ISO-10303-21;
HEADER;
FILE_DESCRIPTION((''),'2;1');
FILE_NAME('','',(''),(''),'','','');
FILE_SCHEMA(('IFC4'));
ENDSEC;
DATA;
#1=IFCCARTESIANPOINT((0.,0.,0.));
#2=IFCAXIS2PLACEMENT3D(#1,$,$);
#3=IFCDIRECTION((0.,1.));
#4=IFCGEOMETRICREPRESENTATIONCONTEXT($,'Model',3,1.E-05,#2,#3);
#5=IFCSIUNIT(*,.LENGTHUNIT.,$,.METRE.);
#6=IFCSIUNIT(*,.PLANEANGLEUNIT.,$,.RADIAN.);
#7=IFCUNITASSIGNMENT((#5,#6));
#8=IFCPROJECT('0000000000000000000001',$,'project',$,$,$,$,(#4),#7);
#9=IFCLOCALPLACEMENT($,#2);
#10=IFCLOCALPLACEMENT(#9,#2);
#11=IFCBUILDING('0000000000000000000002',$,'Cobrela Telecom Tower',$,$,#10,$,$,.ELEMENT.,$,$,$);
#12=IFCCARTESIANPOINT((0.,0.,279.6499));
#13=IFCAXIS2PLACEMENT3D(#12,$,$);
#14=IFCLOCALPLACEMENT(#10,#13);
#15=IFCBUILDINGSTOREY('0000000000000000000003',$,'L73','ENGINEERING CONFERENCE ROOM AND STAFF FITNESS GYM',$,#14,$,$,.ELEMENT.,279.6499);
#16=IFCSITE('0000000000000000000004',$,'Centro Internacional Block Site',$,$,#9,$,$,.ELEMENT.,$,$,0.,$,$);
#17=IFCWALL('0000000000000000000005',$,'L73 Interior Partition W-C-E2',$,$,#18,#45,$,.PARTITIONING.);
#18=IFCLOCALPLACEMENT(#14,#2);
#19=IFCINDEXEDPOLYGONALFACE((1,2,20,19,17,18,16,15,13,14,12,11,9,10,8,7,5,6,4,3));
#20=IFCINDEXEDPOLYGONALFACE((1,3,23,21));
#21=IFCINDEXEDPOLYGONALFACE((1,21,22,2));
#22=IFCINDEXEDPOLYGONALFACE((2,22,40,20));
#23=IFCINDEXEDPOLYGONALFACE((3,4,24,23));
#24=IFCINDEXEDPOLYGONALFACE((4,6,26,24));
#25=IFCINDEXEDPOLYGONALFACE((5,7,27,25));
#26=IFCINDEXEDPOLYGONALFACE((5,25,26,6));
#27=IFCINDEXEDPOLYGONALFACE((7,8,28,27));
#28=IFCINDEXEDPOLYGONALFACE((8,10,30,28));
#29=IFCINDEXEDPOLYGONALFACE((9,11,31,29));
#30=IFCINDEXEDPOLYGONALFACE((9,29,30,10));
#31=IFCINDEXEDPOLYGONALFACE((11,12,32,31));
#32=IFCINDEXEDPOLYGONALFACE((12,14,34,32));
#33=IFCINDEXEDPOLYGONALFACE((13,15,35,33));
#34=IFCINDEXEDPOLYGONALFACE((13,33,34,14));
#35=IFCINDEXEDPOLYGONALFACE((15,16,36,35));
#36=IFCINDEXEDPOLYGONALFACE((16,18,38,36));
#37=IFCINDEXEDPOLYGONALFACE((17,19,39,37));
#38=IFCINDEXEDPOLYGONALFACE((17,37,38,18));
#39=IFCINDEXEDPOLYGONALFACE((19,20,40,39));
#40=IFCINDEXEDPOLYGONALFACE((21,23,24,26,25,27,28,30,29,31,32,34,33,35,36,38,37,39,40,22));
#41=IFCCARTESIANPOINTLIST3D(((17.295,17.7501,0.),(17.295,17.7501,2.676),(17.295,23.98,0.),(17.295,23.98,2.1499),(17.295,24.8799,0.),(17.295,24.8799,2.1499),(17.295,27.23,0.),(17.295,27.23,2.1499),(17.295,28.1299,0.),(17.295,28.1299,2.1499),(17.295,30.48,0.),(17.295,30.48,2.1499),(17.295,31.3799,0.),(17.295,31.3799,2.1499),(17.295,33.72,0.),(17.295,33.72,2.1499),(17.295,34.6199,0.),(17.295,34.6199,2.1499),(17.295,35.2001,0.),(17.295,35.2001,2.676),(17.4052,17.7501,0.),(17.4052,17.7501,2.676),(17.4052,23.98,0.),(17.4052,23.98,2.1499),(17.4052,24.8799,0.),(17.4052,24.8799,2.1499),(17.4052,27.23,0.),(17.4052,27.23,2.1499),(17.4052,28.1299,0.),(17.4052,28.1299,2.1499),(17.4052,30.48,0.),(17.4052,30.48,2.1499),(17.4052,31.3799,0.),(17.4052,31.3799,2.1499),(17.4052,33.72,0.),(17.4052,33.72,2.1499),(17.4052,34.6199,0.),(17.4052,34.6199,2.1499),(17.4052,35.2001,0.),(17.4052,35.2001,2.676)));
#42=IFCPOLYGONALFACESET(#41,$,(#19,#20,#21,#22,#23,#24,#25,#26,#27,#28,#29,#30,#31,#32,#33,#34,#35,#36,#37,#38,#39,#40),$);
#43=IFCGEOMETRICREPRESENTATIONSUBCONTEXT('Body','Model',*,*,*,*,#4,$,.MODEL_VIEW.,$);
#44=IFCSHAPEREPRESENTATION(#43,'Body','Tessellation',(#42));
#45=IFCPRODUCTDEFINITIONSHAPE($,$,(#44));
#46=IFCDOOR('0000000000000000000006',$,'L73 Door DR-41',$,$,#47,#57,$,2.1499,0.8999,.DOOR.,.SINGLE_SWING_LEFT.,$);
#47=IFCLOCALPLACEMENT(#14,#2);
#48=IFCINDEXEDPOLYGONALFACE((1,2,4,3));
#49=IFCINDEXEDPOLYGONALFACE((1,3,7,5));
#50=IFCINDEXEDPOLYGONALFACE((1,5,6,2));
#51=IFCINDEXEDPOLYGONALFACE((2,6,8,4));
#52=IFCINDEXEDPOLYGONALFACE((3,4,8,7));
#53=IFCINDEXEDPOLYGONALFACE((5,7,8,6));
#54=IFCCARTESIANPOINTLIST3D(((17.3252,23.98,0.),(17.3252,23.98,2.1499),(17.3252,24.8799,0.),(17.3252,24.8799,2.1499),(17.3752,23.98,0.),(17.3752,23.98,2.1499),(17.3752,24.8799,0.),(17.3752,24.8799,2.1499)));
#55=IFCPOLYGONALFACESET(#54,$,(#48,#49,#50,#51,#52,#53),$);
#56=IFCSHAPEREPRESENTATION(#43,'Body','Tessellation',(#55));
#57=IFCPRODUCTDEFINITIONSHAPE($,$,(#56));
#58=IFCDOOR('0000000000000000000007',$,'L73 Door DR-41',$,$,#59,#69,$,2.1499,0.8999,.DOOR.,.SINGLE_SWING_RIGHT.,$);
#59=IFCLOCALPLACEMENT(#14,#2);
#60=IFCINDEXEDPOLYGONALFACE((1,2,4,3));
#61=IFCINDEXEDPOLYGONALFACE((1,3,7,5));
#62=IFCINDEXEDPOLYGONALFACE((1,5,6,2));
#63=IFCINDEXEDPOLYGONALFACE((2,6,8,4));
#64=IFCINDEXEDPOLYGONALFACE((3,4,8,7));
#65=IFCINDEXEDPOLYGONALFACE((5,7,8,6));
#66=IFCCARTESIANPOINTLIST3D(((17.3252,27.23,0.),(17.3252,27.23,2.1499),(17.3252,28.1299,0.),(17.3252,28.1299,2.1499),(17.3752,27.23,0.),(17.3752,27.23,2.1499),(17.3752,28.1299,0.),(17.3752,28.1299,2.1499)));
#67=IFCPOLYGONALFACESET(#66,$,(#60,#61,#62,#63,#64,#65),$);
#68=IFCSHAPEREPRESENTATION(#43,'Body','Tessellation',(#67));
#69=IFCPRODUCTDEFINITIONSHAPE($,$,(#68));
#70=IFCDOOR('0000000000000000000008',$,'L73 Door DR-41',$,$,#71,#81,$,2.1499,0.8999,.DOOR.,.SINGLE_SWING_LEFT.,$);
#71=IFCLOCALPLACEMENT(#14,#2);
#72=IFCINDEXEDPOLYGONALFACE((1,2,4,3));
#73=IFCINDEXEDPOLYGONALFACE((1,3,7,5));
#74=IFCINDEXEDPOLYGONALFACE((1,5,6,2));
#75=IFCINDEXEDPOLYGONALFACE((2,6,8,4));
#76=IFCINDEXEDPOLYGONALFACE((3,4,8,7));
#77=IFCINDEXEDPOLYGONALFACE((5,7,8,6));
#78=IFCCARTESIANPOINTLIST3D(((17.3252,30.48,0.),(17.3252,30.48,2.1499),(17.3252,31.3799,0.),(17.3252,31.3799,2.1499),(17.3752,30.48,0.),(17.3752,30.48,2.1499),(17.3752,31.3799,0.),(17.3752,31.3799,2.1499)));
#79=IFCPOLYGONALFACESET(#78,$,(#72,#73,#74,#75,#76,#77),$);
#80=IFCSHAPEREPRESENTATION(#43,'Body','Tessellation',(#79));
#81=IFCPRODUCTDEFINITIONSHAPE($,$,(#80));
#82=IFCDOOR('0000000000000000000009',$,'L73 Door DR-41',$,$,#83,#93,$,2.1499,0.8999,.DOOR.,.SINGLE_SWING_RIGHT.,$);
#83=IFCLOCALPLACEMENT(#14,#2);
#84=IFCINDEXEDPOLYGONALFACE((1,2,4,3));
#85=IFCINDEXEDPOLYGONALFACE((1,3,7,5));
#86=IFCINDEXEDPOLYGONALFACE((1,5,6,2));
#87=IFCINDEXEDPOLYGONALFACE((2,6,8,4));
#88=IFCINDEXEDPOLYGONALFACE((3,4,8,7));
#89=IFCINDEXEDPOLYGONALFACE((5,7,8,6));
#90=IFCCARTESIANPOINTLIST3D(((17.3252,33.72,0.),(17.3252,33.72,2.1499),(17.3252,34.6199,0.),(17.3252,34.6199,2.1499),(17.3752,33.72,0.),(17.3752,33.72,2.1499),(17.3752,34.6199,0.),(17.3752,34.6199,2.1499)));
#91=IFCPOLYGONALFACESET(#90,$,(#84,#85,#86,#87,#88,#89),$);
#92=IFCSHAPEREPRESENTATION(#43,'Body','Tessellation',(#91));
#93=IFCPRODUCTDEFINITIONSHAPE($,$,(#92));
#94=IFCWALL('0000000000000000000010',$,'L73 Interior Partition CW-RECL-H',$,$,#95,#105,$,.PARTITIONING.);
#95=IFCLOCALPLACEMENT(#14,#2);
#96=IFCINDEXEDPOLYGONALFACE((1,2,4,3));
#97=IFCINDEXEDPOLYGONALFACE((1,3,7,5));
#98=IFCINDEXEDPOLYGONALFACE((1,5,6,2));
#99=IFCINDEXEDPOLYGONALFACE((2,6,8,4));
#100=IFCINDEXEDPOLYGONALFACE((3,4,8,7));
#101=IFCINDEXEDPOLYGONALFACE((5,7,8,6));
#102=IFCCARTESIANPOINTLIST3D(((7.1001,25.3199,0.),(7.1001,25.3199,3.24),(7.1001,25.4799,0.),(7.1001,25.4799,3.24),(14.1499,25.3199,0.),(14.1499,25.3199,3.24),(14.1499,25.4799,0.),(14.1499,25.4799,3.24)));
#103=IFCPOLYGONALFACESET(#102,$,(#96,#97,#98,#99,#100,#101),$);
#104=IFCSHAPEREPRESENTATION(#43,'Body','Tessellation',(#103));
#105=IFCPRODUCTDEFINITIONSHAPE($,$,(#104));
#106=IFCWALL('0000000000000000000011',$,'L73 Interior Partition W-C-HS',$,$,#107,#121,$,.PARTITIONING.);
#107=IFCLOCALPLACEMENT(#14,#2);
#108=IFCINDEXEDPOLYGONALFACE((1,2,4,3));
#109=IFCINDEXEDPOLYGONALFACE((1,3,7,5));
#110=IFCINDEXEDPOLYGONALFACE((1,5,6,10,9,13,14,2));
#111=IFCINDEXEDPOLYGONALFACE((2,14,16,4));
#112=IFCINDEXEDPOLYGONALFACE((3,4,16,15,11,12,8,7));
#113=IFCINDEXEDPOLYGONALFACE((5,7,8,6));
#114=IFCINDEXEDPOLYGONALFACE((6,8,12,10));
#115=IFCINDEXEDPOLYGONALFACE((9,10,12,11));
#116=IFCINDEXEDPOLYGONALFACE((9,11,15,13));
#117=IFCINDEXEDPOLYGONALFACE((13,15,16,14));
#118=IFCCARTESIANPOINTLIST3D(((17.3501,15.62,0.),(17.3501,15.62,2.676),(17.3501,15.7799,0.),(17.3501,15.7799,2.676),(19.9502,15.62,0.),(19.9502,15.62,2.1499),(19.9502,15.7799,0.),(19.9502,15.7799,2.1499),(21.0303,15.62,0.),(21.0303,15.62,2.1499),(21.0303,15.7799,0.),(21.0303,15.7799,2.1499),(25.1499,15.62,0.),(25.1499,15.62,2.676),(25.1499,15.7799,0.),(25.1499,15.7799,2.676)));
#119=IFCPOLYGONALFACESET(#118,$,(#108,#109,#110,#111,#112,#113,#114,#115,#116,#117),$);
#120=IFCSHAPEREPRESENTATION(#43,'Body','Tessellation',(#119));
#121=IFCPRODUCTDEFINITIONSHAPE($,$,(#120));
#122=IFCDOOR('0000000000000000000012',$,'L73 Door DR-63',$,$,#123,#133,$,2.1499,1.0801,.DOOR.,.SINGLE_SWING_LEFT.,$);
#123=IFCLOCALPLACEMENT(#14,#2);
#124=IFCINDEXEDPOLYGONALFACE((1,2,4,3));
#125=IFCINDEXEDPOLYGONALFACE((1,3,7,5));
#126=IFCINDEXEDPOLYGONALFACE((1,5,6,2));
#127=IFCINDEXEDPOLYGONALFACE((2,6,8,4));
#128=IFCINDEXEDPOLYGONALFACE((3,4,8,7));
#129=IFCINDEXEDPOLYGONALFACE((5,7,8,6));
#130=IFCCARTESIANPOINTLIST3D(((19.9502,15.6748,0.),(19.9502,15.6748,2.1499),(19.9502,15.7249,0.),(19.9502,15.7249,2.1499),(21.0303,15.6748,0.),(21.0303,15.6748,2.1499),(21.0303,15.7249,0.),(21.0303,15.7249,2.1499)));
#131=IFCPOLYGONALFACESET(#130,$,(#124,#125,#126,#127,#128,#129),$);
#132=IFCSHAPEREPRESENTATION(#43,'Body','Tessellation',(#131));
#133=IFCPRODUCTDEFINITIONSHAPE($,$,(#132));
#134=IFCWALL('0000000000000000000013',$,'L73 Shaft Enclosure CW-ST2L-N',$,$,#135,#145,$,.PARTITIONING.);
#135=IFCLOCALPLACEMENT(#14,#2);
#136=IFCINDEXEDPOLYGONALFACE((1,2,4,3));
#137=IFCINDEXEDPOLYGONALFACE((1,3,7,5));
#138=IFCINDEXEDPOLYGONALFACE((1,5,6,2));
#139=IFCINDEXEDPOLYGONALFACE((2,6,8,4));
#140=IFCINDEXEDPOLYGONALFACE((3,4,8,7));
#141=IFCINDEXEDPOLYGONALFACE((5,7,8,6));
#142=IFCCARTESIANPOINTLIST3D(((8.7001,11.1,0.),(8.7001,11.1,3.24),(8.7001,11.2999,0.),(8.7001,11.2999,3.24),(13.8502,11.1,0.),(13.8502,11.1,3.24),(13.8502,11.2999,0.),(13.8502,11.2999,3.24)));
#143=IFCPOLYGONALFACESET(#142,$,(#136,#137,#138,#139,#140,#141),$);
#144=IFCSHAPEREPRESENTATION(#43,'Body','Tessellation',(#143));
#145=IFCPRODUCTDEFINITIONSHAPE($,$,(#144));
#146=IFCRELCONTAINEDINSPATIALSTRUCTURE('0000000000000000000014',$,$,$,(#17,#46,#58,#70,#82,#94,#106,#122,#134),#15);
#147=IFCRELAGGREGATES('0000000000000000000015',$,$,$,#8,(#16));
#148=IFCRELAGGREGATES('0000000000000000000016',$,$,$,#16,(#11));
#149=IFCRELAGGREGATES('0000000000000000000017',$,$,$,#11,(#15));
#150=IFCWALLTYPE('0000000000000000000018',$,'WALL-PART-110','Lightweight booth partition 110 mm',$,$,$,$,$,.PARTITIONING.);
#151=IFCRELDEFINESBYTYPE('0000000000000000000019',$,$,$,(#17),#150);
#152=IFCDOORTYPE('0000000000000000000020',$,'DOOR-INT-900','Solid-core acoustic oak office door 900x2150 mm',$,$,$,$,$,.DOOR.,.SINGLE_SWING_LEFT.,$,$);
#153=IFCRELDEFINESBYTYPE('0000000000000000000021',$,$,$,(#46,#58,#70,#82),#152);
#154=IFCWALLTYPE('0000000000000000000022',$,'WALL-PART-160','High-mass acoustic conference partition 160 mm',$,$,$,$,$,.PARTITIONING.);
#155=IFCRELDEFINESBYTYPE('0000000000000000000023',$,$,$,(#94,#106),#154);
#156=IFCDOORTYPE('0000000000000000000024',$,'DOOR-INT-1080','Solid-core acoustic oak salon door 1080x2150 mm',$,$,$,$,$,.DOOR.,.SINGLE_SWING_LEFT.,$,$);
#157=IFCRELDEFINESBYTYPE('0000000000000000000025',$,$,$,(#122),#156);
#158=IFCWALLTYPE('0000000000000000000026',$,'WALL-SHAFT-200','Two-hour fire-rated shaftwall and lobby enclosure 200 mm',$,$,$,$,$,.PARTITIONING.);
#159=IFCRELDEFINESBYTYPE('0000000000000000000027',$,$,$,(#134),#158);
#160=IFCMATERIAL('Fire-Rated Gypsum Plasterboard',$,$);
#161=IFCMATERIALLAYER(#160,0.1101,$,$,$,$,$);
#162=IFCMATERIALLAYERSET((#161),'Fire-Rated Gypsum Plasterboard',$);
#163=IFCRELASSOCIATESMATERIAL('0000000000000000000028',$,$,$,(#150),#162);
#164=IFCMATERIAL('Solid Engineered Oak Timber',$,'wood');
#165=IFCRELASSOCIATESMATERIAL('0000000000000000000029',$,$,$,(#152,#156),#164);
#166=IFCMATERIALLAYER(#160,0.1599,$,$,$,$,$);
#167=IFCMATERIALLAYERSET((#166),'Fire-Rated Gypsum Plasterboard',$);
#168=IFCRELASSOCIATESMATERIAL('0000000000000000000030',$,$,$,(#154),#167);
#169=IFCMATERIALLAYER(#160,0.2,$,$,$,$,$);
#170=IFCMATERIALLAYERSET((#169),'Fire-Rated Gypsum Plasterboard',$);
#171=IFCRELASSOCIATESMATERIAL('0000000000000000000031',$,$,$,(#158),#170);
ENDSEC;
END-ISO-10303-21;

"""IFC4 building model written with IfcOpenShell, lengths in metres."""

from ifc_helpers import new_model, si_unit, direction, frame, frame_2d, origin, place, context, subcontext, project, spatial, rectangle, extrude, material, layer, layer_set, type_object, element, fill, save


model = new_model("IFC4")

# Units and contexts
model_context = context("Model", 3, precision=1e-05, world=origin(), true_north=direction((0.0, 1.0)))
body_context = subcontext(model_context, "Body", "Model", "MODEL_VIEW")
ifc_project = project(units=[si_unit("LENGTHUNIT", "METRE"), si_unit("PLANEANGLEUNIT", "RADIAN")], contexts=[model_context])

# Site, building, storey
site_placement = place(None, origin())
site = spatial("IfcSite", under=ifc_project, at=site_placement, Name="Centro Internacional Block Site", CompositionType="ELEMENT", RefElevation=0.0)
building_placement = place(site_placement, origin())
building = spatial("IfcBuilding", under=site, at=building_placement, Name="Cobrela Telecom Tower", CompositionType="ELEMENT")
storey_placement = place(building_placement, frame((0.0, 0.0, 279.6499)))
storey = spatial("IfcBuildingStorey", under=building, at=storey_placement, Name="L73", Description="ENGINEERING CONFERENCE ROOM AND STAFF FITNESS GYM", CompositionType="ELEMENT", Elevation=279.6499)

# Shared definitions
ifc_material_1 = material(Name="Fire-Rated Gypsum Plasterboard")
ifc_layer_1 = layer(ifc_material_1, 0.1101)
ifc_layer_set_1 = layer_set([ifc_layer_1], Name="Fire-Rated Gypsum Plasterboard")
wall_type_1 = type_object("IfcWallType", Name="WALL-PART-110", Description="Lightweight booth partition 110 mm", PredefinedType="PARTITIONING", material=ifc_layer_set_1)

# Wall, openings, doors
wall_1_placement = place(storey_placement, frame((17.3501, 17.75, 0.0), z_axis=(0.0, 0.0, 1.0), x_axis=(0.0, 1.0, 0.0)))
wall_1 = element("IfcWall", 1, at=wall_1_placement, inside=storey, type_object=wall_type_1, Name="L73 Interior Partition W-C-E2", PredefinedType="PARTITIONING", context=body_context, shape_type="SweptSolid", body=[
    extrude(rectangle(XDim=17.45, YDim=0.1101, at=frame_2d((8.7251, 0.0))), origin(), (0.0, 0.0, 1.0), 2.676),
])
opening_1_placement = place(wall_1_placement, frame((6.23, 0.0, 0.0)))
opening_1 = element("IfcOpeningElement", 2, at=opening_1_placement, cuts=wall_1, PredefinedType="OPENING", context=body_context, shape_type="SweptSolid", body=[
    extrude(rectangle(XDim=0.8999, YDim=2.1499, at=frame_2d((0.45, 1.075))), frame((0.0, 0.0669, 0.0), z_axis=(0.0, -1.0, 0.0), x_axis=(1.0, 0.0, 0.0)), (0.0, 0.0, 1.0), 0.134),
])
opening_2_placement = place(wall_1_placement, frame((9.48, 0.0, 0.0)))
opening_2 = element("IfcOpeningElement", 3, at=opening_2_placement, cuts=wall_1, PredefinedType="OPENING", context=body_context, shape_type="SweptSolid", body=[
    extrude(rectangle(XDim=0.8999, YDim=2.1499, at=frame_2d((0.45, 1.075))), frame((0.0, 0.0669, 0.0), z_axis=(0.0, -1.0, 0.0), x_axis=(1.0, 0.0, 0.0)), (0.0, 0.0, 1.0), 0.134),
])
opening_3_placement = place(wall_1_placement, frame((12.73, 0.0, 0.0)))
opening_3 = element("IfcOpeningElement", 4, at=opening_3_placement, cuts=wall_1, PredefinedType="OPENING", context=body_context, shape_type="SweptSolid", body=[
    extrude(rectangle(XDim=0.8999, YDim=2.1499, at=frame_2d((0.45, 1.075))), frame((0.0, 0.0669, 0.0), z_axis=(0.0, -1.0, 0.0), x_axis=(1.0, 0.0, 0.0)), (0.0, 0.0, 1.0), 0.134),
])
opening_4_placement = place(wall_1_placement, frame((15.97, 0.0, 0.0)))
opening_4 = element("IfcOpeningElement", 5, at=opening_4_placement, cuts=wall_1, PredefinedType="OPENING", context=body_context, shape_type="SweptSolid", body=[
    extrude(rectangle(XDim=0.8999, YDim=2.1499, at=frame_2d((0.45, 1.075))), frame((0.0, 0.0669, 0.0), z_axis=(0.0, -1.0, 0.0), x_axis=(1.0, 0.0, 0.0)), (0.0, 0.0, 1.0), 0.134),
])
ifc_material_2 = material(Name="Solid Engineered Oak Timber", Category="wood")
door_type_1 = type_object("IfcDoorType", Name="DOOR-INT-900", Description="Solid-core acoustic oak office door 900x2150 mm", OperationType="SINGLE_SWING_LEFT", PredefinedType="DOOR", material=ifc_material_2)
door_1_placement = place(opening_1_placement, origin())
door_1 = element("IfcDoor", 6, at=door_1_placement, inside=storey, type_object=door_type_1, Name="L73 Door DR-41", OperationType="SINGLE_SWING_LEFT", OverallHeight=2.1499, OverallWidth=0.8999, PredefinedType="DOOR", context=body_context, shape_type="SweptSolid", body=[
    extrude(rectangle(XDim=0.8999, YDim=2.1499, at=frame_2d((0.45, 1.075))), frame((0.0, 0.0249, 0.0), z_axis=(0.0, -1.0, 0.0), x_axis=(1.0, 0.0, 0.0)), (0.0, 0.0, 1.0), 0.05),
])
fill(opening_1, door_1)
door_2_placement = place(opening_2_placement, origin())
door_2 = element("IfcDoor", 7, at=door_2_placement, inside=storey, type_object=door_type_1, Name="L73 Door DR-41", OperationType="SINGLE_SWING_RIGHT", OverallHeight=2.1499, OverallWidth=0.8999, PredefinedType="DOOR", context=body_context, shape_type="SweptSolid", body=[
    extrude(rectangle(XDim=0.8999, YDim=2.1499, at=frame_2d((0.45, 1.075))), frame((0.0, 0.0249, 0.0), z_axis=(0.0, -1.0, 0.0), x_axis=(1.0, 0.0, 0.0)), (0.0, 0.0, 1.0), 0.05),
])
fill(opening_2, door_2)
door_3_placement = place(opening_3_placement, origin())
door_3 = element("IfcDoor", 8, at=door_3_placement, inside=storey, type_object=door_type_1, Name="L73 Door DR-41", OperationType="SINGLE_SWING_LEFT", OverallHeight=2.1499, OverallWidth=0.8999, PredefinedType="DOOR", context=body_context, shape_type="SweptSolid", body=[
    extrude(rectangle(XDim=0.8999, YDim=2.1499, at=frame_2d((0.45, 1.075))), frame((0.0, 0.0249, 0.0), z_axis=(0.0, -1.0, 0.0), x_axis=(1.0, 0.0, 0.0)), (0.0, 0.0, 1.0), 0.05),
])
fill(opening_3, door_3)
door_4_placement = place(opening_4_placement, origin())
door_4 = element("IfcDoor", 9, at=door_4_placement, inside=storey, type_object=door_type_1, Name="L73 Door DR-41", OperationType="SINGLE_SWING_RIGHT", OverallHeight=2.1499, OverallWidth=0.8999, PredefinedType="DOOR", context=body_context, shape_type="SweptSolid", body=[
    extrude(rectangle(XDim=0.8999, YDim=2.1499, at=frame_2d((0.45, 1.075))), frame((0.0, 0.0249, 0.0), z_axis=(0.0, -1.0, 0.0), x_axis=(1.0, 0.0, 0.0)), (0.0, 0.0, 1.0), 0.05),
])
fill(opening_4, door_4)
door_type_2 = type_object("IfcDoorType", Name="DOOR-INT-1080", Description="Solid-core acoustic oak salon door 1080x2150 mm", OperationType="SINGLE_SWING_LEFT", PredefinedType="DOOR", material=ifc_material_2)

# Wall
ifc_layer_2 = layer(ifc_material_1, 0.1599)
ifc_layer_set_2 = layer_set([ifc_layer_2], Name="Fire-Rated Gypsum Plasterboard")
wall_type_2 = type_object("IfcWallType", Name="WALL-PART-160", Description="High-mass acoustic conference partition 160 mm", PredefinedType="PARTITIONING", material=ifc_layer_set_2)
wall_2_placement = place(storey_placement, frame((7.1001, 25.3999, 0.0), z_axis=(0.0, 0.0, 1.0), x_axis=(1.0, 0.0, 0.0)))
element("IfcWall", 10, at=wall_2_placement, inside=storey, type_object=wall_type_2, Name="L73 Interior Partition CW-RECL-H", PredefinedType="PARTITIONING", context=body_context, shape_type="SweptSolid", body=[
    extrude(rectangle(XDim=7.0498, YDim=0.1599, at=frame_2d((3.5249, 0.0))), origin(), (0.0, 0.0, 1.0), 3.24),
])

# Wall, opening, door
wall_3_placement = place(storey_placement, frame((17.3501, 15.7, 0.0), z_axis=(0.0, 0.0, 1.0), x_axis=(1.0, 0.0, 0.0)))
wall_3 = element("IfcWall", 11, at=wall_3_placement, inside=storey, type_object=wall_type_2, Name="L73 Interior Partition W-C-HS", PredefinedType="PARTITIONING", context=body_context, shape_type="SweptSolid", body=[
    extrude(rectangle(XDim=7.7998, YDim=0.1599, at=frame_2d((3.8999, 0.0))), origin(), (0.0, 0.0, 1.0), 2.676),
])
opening_5_placement = place(wall_3_placement, frame((2.6001, 0.0, 0.0)))
opening_5 = element("IfcOpeningElement", 12, at=opening_5_placement, cuts=wall_3, PredefinedType="OPENING", context=body_context, shape_type="SweptSolid", body=[
    extrude(rectangle(XDim=1.0801, YDim=2.1499, at=frame_2d((0.54, 1.075))), frame((0.0, 0.0918, 0.0), z_axis=(0.0, -1.0, 0.0), x_axis=(1.0, 0.0, 0.0)), (0.0, 0.0, 1.0), 0.1838),
])
door_5_placement = place(opening_5_placement, origin())
door_5 = element("IfcDoor", 13, at=door_5_placement, inside=storey, type_object=door_type_2, Name="L73 Door DR-63", OperationType="SINGLE_SWING_LEFT", OverallHeight=2.1499, OverallWidth=1.0801, PredefinedType="DOOR", context=body_context, shape_type="SweptSolid", body=[
    extrude(rectangle(XDim=1.0801, YDim=2.1499, at=frame_2d((0.54, 1.075))), frame((0.0, 0.0249, 0.0), z_axis=(0.0, -1.0, 0.0), x_axis=(1.0, 0.0, 0.0)), (0.0, 0.0, 1.0), 0.05),
])
fill(opening_5, door_5)

# Wall
ifc_layer_3 = layer(ifc_material_1, 0.2)
ifc_layer_set_3 = layer_set([ifc_layer_3], Name="Fire-Rated Gypsum Plasterboard")
wall_type_3 = type_object("IfcWallType", Name="WALL-SHAFT-200", Description="Two-hour fire-rated shaftwall and lobby enclosure 200 mm", PredefinedType="PARTITIONING", material=ifc_layer_set_3)
wall_4_placement = place(storey_placement, frame((8.7, 11.2, 0.0), z_axis=(0.0, 0.0, 1.0), x_axis=(1.0, 0.0, 0.0)))
element("IfcWall", 14, at=wall_4_placement, inside=storey, type_object=wall_type_3, Name="L73 Shaft Enclosure CW-ST2L-N", PredefinedType="PARTITIONING", context=body_context, shape_type="SweptSolid", body=[
    extrude(rectangle(XDim=5.1501, YDim=0.2, at=frame_2d((2.5752, 0.0))), origin(), (0.0, 0.0, 1.0), 3.24),
])

save(model, "model.ifc")
